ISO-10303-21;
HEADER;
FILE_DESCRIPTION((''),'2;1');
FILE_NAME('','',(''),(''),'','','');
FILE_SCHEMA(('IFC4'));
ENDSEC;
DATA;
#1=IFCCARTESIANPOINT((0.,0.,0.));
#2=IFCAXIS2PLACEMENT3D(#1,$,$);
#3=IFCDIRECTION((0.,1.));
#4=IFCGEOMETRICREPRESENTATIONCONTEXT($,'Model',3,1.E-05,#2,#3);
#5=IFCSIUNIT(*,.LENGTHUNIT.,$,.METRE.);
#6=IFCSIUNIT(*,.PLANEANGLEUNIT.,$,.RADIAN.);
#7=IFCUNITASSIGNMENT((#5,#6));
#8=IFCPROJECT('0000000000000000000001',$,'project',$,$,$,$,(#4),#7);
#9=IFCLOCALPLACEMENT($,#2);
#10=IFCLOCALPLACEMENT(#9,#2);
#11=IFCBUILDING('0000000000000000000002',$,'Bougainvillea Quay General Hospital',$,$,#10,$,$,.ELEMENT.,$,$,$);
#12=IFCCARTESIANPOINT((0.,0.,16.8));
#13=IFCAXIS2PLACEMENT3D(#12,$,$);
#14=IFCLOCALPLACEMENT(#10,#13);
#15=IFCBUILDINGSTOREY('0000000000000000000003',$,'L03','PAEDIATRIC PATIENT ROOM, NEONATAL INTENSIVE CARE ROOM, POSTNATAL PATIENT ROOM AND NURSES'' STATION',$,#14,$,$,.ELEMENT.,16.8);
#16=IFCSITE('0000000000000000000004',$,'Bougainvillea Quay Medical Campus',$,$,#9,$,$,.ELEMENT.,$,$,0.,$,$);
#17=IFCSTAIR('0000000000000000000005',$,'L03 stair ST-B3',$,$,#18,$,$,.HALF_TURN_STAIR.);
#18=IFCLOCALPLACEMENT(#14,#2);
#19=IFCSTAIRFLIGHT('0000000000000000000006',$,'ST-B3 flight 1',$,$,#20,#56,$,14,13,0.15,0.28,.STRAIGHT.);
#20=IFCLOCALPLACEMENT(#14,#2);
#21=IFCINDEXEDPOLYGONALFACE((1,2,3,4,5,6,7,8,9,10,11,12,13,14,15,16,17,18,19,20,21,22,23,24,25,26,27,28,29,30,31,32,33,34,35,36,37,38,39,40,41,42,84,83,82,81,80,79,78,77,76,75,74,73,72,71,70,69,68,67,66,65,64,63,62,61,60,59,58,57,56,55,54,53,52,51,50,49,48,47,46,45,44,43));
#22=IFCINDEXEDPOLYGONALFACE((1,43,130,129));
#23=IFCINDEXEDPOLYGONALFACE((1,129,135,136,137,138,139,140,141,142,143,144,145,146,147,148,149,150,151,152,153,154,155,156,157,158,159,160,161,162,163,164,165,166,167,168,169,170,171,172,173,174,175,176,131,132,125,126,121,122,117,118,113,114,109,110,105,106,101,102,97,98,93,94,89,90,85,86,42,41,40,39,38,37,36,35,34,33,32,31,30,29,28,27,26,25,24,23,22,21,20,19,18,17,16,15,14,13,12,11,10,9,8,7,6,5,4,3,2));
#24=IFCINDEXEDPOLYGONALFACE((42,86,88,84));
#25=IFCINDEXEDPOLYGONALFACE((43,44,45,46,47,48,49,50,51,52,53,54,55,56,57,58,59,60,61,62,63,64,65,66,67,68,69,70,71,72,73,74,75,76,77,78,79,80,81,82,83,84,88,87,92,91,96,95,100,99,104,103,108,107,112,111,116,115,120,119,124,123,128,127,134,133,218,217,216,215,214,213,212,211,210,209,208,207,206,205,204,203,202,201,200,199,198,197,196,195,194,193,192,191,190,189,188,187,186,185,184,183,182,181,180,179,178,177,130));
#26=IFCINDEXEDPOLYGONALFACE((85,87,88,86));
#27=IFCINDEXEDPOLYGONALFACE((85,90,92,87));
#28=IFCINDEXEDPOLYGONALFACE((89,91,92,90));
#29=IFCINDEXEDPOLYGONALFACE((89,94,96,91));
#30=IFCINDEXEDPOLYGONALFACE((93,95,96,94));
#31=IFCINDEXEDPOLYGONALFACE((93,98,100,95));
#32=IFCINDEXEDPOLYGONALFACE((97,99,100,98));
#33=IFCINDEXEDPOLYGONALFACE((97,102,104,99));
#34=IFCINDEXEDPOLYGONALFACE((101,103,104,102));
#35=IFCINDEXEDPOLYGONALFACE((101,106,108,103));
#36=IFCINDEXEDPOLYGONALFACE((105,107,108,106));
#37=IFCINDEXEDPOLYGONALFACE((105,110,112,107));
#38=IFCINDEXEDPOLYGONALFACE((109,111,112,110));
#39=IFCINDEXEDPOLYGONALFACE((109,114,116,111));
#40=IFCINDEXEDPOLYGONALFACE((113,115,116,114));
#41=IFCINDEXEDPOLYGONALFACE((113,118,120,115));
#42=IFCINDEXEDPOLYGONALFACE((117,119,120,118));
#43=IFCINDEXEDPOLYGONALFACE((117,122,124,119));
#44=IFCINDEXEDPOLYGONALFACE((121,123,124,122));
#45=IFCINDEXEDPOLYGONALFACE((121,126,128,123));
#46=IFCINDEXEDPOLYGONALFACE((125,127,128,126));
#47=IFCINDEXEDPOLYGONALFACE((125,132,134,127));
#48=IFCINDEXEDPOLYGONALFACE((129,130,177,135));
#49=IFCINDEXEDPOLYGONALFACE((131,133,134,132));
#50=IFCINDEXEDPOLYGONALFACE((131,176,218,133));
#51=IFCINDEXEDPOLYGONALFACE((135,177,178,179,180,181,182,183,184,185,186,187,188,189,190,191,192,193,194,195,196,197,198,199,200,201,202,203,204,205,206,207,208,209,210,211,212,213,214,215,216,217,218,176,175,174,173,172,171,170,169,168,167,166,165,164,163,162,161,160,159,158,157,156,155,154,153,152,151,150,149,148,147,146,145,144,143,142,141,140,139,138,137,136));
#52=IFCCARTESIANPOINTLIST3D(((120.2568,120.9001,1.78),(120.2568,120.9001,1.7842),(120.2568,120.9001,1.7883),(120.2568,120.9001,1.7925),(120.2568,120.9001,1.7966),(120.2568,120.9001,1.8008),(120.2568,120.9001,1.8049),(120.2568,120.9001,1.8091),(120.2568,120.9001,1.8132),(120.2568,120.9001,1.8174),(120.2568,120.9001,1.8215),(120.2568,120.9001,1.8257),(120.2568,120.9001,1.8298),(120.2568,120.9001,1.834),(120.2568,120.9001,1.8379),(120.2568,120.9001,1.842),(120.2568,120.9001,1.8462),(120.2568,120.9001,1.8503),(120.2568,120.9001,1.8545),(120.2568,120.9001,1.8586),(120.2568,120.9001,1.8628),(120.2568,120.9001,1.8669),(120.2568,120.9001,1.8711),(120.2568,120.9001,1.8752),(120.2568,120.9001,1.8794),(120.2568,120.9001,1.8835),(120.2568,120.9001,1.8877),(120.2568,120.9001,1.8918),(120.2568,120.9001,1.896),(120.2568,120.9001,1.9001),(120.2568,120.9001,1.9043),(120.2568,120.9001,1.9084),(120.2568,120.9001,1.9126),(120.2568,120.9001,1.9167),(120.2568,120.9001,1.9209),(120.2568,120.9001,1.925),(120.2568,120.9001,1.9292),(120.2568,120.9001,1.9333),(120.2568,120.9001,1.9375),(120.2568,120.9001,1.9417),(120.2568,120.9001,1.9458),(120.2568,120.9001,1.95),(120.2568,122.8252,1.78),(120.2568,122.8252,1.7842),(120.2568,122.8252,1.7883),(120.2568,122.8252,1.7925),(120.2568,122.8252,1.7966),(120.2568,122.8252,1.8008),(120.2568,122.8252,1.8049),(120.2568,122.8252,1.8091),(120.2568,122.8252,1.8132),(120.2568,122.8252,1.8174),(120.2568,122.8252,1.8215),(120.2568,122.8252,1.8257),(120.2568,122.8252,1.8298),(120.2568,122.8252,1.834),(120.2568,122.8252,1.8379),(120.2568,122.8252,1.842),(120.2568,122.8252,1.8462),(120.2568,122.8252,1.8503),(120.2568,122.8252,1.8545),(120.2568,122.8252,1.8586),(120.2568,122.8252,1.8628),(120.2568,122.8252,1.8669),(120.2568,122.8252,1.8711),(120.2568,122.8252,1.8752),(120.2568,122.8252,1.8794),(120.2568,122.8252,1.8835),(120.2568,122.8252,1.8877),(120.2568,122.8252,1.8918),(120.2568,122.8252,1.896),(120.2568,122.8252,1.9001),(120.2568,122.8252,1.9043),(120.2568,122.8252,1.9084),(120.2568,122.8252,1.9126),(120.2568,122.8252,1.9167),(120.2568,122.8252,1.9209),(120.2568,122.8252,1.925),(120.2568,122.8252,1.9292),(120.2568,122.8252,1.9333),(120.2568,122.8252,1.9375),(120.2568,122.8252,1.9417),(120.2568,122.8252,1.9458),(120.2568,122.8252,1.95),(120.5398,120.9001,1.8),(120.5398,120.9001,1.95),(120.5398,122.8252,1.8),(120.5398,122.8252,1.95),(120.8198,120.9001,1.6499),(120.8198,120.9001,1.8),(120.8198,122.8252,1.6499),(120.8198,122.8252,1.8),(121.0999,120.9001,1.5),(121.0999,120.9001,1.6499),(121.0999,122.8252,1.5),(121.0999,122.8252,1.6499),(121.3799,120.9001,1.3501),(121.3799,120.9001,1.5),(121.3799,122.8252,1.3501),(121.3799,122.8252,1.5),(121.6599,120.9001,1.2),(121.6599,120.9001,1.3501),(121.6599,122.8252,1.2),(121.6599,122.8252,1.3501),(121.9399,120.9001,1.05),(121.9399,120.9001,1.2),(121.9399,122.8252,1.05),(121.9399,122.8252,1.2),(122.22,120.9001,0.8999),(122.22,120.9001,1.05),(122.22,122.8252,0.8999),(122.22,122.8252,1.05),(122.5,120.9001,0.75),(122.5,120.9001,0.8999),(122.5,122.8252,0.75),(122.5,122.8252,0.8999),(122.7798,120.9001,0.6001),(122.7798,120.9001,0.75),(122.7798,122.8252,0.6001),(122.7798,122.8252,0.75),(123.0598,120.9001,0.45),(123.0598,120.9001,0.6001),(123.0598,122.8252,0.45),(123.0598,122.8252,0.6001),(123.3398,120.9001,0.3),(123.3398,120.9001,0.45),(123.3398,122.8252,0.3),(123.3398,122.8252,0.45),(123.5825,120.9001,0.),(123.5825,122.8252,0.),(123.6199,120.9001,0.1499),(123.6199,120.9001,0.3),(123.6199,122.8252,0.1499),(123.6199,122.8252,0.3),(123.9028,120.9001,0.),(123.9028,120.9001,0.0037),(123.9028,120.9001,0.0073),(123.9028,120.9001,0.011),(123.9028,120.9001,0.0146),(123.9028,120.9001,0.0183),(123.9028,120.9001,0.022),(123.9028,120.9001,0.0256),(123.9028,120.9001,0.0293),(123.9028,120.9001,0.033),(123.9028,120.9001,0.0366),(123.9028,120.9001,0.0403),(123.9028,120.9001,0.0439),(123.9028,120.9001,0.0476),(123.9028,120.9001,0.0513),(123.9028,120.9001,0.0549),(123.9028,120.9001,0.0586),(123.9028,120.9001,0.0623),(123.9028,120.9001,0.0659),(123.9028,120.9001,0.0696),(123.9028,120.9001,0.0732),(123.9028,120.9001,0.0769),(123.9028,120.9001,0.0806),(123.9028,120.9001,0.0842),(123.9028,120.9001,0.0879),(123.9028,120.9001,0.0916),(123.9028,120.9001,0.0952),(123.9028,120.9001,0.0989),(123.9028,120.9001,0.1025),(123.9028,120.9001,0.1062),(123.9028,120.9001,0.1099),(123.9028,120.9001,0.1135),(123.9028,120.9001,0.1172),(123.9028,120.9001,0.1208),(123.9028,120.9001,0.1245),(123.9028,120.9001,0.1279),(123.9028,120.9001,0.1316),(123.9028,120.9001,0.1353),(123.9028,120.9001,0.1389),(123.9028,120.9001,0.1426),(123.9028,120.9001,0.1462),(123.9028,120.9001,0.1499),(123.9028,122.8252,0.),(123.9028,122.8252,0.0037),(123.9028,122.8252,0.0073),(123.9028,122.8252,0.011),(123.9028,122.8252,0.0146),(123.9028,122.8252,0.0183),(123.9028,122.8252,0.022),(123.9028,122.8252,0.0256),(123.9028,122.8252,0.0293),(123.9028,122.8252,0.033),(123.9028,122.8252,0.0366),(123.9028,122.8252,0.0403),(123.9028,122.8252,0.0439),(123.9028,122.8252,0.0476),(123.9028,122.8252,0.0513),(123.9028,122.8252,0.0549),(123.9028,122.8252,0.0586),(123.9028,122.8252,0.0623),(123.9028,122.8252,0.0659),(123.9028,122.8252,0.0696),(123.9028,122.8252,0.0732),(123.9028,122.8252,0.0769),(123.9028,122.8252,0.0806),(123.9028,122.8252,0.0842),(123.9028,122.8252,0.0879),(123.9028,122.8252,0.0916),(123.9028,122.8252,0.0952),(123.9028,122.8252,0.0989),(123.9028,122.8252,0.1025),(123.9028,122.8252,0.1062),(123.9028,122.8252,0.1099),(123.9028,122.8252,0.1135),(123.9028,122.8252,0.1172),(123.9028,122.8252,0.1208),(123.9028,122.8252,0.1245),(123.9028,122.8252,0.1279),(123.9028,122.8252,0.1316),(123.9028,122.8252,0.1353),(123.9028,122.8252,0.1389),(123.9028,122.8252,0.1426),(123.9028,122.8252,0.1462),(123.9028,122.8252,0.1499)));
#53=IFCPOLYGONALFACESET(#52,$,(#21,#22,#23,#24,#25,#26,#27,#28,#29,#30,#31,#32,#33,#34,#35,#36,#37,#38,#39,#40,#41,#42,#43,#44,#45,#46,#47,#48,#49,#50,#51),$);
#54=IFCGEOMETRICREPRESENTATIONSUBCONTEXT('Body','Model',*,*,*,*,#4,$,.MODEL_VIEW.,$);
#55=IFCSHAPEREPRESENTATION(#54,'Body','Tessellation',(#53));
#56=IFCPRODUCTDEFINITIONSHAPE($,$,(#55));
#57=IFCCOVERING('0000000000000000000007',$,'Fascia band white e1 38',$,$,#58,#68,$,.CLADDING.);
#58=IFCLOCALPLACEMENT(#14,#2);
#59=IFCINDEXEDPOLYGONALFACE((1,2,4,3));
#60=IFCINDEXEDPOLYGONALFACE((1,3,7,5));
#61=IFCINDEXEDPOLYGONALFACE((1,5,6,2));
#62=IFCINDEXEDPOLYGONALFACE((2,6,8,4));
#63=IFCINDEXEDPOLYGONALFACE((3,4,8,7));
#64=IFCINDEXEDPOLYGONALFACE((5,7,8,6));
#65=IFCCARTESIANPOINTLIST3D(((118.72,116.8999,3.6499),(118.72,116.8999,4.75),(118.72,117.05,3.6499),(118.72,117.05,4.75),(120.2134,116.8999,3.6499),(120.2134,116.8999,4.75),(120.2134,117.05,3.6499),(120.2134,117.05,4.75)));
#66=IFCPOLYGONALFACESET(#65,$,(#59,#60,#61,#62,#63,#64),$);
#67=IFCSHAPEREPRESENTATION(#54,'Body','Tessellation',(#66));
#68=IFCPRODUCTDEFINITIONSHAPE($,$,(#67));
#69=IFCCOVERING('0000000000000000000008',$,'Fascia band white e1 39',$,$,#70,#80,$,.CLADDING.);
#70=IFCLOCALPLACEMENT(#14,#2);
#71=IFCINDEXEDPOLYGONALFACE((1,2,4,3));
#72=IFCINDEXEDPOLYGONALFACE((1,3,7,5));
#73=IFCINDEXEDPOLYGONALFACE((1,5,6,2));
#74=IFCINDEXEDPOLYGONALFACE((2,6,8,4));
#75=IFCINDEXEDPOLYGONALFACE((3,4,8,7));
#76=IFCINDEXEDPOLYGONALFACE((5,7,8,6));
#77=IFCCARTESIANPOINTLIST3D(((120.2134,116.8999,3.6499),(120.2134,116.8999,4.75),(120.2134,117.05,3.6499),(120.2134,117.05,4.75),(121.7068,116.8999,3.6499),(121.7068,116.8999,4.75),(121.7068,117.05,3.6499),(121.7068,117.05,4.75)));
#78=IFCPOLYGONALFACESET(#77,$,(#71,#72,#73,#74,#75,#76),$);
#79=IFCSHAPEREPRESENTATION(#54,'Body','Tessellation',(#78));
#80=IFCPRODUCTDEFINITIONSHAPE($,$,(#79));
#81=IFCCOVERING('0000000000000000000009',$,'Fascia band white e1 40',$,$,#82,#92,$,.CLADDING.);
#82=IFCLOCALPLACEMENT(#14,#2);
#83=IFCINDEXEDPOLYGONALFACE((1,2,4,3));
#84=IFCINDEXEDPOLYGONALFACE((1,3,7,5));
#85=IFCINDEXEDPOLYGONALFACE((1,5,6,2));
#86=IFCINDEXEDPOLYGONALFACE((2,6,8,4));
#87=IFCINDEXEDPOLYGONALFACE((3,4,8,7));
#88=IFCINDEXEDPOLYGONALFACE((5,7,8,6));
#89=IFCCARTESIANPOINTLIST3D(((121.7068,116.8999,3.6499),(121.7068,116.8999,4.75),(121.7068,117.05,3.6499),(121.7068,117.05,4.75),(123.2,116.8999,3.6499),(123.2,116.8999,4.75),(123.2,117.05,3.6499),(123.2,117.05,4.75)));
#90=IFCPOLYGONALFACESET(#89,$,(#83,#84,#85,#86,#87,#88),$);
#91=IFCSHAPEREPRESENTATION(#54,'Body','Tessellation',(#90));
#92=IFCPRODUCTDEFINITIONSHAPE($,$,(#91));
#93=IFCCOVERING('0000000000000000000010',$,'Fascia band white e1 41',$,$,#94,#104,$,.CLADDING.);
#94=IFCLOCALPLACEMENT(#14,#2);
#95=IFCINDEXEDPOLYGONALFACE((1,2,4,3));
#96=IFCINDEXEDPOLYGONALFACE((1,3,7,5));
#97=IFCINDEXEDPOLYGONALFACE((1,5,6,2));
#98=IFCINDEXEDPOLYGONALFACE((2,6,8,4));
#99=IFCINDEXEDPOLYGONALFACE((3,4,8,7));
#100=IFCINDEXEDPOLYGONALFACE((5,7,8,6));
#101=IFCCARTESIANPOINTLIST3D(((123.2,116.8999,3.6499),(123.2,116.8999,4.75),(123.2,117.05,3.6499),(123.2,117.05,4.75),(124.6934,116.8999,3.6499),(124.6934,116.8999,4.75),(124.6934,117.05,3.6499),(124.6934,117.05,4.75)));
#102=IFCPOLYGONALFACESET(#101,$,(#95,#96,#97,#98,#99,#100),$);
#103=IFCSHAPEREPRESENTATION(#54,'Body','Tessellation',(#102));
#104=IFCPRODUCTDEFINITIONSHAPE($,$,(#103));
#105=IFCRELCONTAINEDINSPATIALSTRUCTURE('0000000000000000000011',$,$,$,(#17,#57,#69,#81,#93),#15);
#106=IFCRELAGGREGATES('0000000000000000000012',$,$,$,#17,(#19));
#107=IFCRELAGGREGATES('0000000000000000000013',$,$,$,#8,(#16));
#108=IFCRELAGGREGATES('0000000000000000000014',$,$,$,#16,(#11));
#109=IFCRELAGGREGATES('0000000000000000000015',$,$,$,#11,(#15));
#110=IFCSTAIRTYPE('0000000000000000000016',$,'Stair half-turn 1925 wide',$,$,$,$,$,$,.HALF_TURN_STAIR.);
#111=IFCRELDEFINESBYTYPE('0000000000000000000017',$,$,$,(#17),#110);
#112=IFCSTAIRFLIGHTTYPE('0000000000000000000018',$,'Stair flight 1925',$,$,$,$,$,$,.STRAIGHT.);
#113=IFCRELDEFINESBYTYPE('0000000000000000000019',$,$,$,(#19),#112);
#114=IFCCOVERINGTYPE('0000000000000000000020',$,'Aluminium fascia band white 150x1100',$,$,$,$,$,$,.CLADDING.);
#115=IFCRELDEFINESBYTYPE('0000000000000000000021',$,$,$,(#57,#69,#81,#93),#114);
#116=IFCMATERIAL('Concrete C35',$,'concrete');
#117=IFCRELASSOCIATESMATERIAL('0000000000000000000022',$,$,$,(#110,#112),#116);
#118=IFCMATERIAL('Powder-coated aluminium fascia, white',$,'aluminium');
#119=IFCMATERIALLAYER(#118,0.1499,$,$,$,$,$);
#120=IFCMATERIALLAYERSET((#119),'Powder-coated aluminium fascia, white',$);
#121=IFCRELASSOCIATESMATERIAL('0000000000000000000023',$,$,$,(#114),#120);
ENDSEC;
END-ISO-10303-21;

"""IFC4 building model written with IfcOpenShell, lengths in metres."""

from ifc_helpers import new_model, si_unit, direction, frame, origin, place, context, subcontext, project, spatial, polyline, outline, extrude, material, layer, layer_set, type_object, element, aggregate, save


model = new_model("IFC4")

# Units and contexts
model_context = context("Model", 3, precision=1e-05, world=origin(), true_north=direction((0.0, 1.0)))
body_context = subcontext(model_context, "Body", "Model", "MODEL_VIEW")
ifc_project = project(units=[si_unit("LENGTHUNIT", "METRE"), si_unit("PLANEANGLEUNIT", "RADIAN")], contexts=[model_context])

# Site, building, storey
site_placement = place(None, origin())
site = spatial("IfcSite", under=ifc_project, at=site_placement, Name="Bougainvillea Quay Medical Campus", CompositionType="ELEMENT", RefElevation=0.0)
building_placement = place(site_placement, origin())
building = spatial("IfcBuilding", under=site, at=building_placement, Name="Bougainvillea Quay General Hospital", CompositionType="ELEMENT")
storey_placement = place(building_placement, frame((0.0, 0.0, 16.8)))
storey = spatial("IfcBuildingStorey", under=building, at=storey_placement, Name="L03", Description="PAEDIATRIC PATIENT ROOM, NEONATAL INTENSIVE CARE ROOM, POSTNATAL PATIENT ROOM AND NURSES' STATION", CompositionType="ELEMENT", Elevation=16.8)

# Stair, stair flight
ifc_material_1 = material(Name="Concrete C35", Category="concrete")
stair_type = type_object("IfcStairType", Name="Stair half-turn 1925 wide", PredefinedType="HALF_TURN_STAIR", material=ifc_material_1)
stair_placement = place(storey_placement, origin())
stair = element("IfcStair", 1, at=stair_placement, inside=storey, type_object=stair_type, Name="L03 stair ST-B3", PredefinedType="HALF_TURN_STAIR")
stair_flight_type = type_object("IfcStairFlightType", Name="Stair flight 1925", PredefinedType="STRAIGHT", material=ifc_material_1)
stair_flight_1_placement = place(storey_placement, frame((123.8999, 121.8625, 0.0), z_axis=(0.0, 0.0, 1.0), x_axis=(-1.0, 0.0, 0.0)))
stair_flight_1 = element("IfcStairFlight", 2, at=stair_flight_1_placement, type_object=stair_flight_type, Name="ST-B3 flight 1", NumberOfRisers=14, NumberOfTreads=13, PredefinedType="STRAIGHT", RiserHeight=0.15, TreadLength=0.28, context=body_context, shape_type="SweptSolid", body=[
    extrude(outline(polyline([(-0.0029, 0.0), (-0.0029, 0.0037), (-0.0029, 0.0073), (-0.0029, 0.011), (-0.0029, 0.0146), (-0.0029, 0.0183), (-0.0029, 0.022), (-0.0029, 0.0256), (-0.0029, 0.0293), (-0.0029, 0.033), (-0.0029, 0.0366), (-0.0029, 0.0403), (-0.0029, 0.0439), (-0.0029, 0.0476), (-0.0029, 0.0513), (-0.0029, 0.0549), (-0.0029, 0.0586), (-0.0029, 0.0623), (-0.0029, 0.0659), (-0.0029, 0.0696), (-0.0029, 0.0732), (-0.0029, 0.0769), (-0.0029, 0.0806), (-0.0029, 0.0842), (-0.0029, 0.0879), (-0.0029, 0.0916), (-0.0029, 0.0952), (-0.0029, 0.0989), (-0.0029, 0.1025), (-0.0029, 0.1062), (-0.0029, 0.1099), (-0.0029, 0.1135), (-0.0029, 0.1172), (-0.0029, 0.1208), (-0.0029, 0.1245), (-0.0029, 0.1279), (-0.0029, 0.1316), (-0.0029, 0.1353), (-0.0029, 0.1389), (-0.0029, 0.1426), (-0.0029, 0.1462), (-0.0029, 0.1499), (0.28, 0.1499), (0.28, 0.3), (0.5601, 0.3), (0.5601, 0.45), (0.8401, 0.45), (0.8401, 0.6001), (1.1201, 0.6001), (1.1201, 0.75), (1.3999, 0.75), (1.3999, 0.8999), (1.6799, 0.8999), (1.6799, 1.05), (1.96, 1.05), (1.96, 1.2), (2.24, 1.2), (2.24, 1.3501), (2.52, 1.3501), (2.52, 1.5), (2.8, 1.5), (2.8, 1.6499), (3.0801, 1.6499), (3.0801, 1.8), (3.3601, 1.8), (3.3601, 1.95), (3.6431, 1.95), (3.6431, 1.9458), (3.6431, 1.9417), (3.6431, 1.9375), (3.6431, 1.9333), (3.6431, 1.9292), (3.6431, 1.925), (3.6431, 1.9209), (3.6431, 1.9167), (3.6431, 1.9126), (3.6431, 1.9084), (3.6431, 1.9043), (3.6431, 1.9001), (3.6431, 1.896), (3.6431, 1.8918), (3.6431, 1.8877), (3.6431, 1.8835), (3.6431, 1.8794), (3.6431, 1.8752), (3.6431, 1.8711), (3.6431, 1.8669), (3.6431, 1.8628), (3.6431, 1.8586), (3.6431, 1.8545), (3.6431, 1.8503), (3.6431, 1.8462), (3.6431, 1.842), (3.6431, 1.8379), (3.6431, 1.834), (3.6431, 1.8298), (3.6431, 1.8257), (3.6431, 1.8215), (3.6431, 1.8174), (3.6431, 1.8132), (3.6431, 1.8091), (3.6431, 1.8049), (3.6431, 1.8008), (3.6431, 1.7966), (3.6431, 1.7925), (3.6431, 1.7883), (3.6431, 1.7842), (3.6431, 1.78), (0.3174, 0.0), (-0.0029, 0.0)])), frame((0.0, 0.9624, 0.0), z_axis=(0.0, -1.0, 0.0), x_axis=(1.0, 0.0, 0.0)), (0.0, 0.0, 1.0), 1.925),
])
aggregate(stair, [stair_flight_1])

# Coverings
ifc_material_2 = material(Name="Powder-coated aluminium fascia, white", Category="aluminium")
ifc_layer = layer(ifc_material_2, 0.1499)
ifc_layer_set = layer_set([ifc_layer], Name="Powder-coated aluminium fascia, white")
covering_type = type_object("IfcCoveringType", Name="Aluminium fascia band white 150x1100", PredefinedType="CLADDING", material=ifc_layer_set)
for number, where, z_axis, x_axis, name in (
    (3, (118.72, 117.05, 3.6499), (0.0, 0.0, 1.0), (1.0, 0.0, 0.0), "Fascia band white e1 38"),
    (4, (120.2134, 117.05, 3.6499), (0.0, 0.0, 1.0), (1.0, 0.0, 0.0), "Fascia band white e1 39"),
):
    element("IfcCovering", number, at=place(storey_placement, frame(where, z_axis=z_axis, x_axis=x_axis)), inside=storey, type_object=covering_type, Name=name, PredefinedType="CLADDING", context=body_context, shape_type="SweptSolid", body=[
        extrude(outline(polyline([(0.0, 0.0), (1.4934, 0.0), (1.4934, -0.1501), (0.0, -0.1501), (0.0, 0.0)])), origin(), (0.0, 0.0, 1.0), 1.1001),
    ])
covering_1_placement = place(storey_placement, frame((121.7068, 117.05, 3.6499), z_axis=(0.0, 0.0, 1.0), x_axis=(1.0, 0.0, 0.0)))
element("IfcCovering", 5, at=covering_1_placement, inside=storey, type_object=covering_type, Name="Fascia band white e1 40", PredefinedType="CLADDING", context=body_context, shape_type="SweptSolid", body=[
    extrude(outline(polyline([(0.0, 0.0), (1.4932, 0.0), (1.4932, -0.1501), (0.0, -0.1501), (0.0, 0.0)])), origin(), (0.0, 0.0, 1.0), 1.1001),
])
covering_2_placement = place(storey_placement, frame((123.2, 117.05, 3.6499), z_axis=(0.0, 0.0, 1.0), x_axis=(1.0, 0.0, 0.0)))
element("IfcCovering", 6, at=covering_2_placement, inside=storey, type_object=covering_type, Name="Fascia band white e1 41", PredefinedType="CLADDING", context=body_context, shape_type="SweptSolid", body=[
    extrude(outline(polyline([(0.0, 0.0), (1.4934, 0.0), (1.4934, -0.1501), (0.0, -0.1501), (0.0, 0.0)])), origin(), (0.0, 0.0, 1.0), 1.1001),
])

save(model, "model.ifc")
